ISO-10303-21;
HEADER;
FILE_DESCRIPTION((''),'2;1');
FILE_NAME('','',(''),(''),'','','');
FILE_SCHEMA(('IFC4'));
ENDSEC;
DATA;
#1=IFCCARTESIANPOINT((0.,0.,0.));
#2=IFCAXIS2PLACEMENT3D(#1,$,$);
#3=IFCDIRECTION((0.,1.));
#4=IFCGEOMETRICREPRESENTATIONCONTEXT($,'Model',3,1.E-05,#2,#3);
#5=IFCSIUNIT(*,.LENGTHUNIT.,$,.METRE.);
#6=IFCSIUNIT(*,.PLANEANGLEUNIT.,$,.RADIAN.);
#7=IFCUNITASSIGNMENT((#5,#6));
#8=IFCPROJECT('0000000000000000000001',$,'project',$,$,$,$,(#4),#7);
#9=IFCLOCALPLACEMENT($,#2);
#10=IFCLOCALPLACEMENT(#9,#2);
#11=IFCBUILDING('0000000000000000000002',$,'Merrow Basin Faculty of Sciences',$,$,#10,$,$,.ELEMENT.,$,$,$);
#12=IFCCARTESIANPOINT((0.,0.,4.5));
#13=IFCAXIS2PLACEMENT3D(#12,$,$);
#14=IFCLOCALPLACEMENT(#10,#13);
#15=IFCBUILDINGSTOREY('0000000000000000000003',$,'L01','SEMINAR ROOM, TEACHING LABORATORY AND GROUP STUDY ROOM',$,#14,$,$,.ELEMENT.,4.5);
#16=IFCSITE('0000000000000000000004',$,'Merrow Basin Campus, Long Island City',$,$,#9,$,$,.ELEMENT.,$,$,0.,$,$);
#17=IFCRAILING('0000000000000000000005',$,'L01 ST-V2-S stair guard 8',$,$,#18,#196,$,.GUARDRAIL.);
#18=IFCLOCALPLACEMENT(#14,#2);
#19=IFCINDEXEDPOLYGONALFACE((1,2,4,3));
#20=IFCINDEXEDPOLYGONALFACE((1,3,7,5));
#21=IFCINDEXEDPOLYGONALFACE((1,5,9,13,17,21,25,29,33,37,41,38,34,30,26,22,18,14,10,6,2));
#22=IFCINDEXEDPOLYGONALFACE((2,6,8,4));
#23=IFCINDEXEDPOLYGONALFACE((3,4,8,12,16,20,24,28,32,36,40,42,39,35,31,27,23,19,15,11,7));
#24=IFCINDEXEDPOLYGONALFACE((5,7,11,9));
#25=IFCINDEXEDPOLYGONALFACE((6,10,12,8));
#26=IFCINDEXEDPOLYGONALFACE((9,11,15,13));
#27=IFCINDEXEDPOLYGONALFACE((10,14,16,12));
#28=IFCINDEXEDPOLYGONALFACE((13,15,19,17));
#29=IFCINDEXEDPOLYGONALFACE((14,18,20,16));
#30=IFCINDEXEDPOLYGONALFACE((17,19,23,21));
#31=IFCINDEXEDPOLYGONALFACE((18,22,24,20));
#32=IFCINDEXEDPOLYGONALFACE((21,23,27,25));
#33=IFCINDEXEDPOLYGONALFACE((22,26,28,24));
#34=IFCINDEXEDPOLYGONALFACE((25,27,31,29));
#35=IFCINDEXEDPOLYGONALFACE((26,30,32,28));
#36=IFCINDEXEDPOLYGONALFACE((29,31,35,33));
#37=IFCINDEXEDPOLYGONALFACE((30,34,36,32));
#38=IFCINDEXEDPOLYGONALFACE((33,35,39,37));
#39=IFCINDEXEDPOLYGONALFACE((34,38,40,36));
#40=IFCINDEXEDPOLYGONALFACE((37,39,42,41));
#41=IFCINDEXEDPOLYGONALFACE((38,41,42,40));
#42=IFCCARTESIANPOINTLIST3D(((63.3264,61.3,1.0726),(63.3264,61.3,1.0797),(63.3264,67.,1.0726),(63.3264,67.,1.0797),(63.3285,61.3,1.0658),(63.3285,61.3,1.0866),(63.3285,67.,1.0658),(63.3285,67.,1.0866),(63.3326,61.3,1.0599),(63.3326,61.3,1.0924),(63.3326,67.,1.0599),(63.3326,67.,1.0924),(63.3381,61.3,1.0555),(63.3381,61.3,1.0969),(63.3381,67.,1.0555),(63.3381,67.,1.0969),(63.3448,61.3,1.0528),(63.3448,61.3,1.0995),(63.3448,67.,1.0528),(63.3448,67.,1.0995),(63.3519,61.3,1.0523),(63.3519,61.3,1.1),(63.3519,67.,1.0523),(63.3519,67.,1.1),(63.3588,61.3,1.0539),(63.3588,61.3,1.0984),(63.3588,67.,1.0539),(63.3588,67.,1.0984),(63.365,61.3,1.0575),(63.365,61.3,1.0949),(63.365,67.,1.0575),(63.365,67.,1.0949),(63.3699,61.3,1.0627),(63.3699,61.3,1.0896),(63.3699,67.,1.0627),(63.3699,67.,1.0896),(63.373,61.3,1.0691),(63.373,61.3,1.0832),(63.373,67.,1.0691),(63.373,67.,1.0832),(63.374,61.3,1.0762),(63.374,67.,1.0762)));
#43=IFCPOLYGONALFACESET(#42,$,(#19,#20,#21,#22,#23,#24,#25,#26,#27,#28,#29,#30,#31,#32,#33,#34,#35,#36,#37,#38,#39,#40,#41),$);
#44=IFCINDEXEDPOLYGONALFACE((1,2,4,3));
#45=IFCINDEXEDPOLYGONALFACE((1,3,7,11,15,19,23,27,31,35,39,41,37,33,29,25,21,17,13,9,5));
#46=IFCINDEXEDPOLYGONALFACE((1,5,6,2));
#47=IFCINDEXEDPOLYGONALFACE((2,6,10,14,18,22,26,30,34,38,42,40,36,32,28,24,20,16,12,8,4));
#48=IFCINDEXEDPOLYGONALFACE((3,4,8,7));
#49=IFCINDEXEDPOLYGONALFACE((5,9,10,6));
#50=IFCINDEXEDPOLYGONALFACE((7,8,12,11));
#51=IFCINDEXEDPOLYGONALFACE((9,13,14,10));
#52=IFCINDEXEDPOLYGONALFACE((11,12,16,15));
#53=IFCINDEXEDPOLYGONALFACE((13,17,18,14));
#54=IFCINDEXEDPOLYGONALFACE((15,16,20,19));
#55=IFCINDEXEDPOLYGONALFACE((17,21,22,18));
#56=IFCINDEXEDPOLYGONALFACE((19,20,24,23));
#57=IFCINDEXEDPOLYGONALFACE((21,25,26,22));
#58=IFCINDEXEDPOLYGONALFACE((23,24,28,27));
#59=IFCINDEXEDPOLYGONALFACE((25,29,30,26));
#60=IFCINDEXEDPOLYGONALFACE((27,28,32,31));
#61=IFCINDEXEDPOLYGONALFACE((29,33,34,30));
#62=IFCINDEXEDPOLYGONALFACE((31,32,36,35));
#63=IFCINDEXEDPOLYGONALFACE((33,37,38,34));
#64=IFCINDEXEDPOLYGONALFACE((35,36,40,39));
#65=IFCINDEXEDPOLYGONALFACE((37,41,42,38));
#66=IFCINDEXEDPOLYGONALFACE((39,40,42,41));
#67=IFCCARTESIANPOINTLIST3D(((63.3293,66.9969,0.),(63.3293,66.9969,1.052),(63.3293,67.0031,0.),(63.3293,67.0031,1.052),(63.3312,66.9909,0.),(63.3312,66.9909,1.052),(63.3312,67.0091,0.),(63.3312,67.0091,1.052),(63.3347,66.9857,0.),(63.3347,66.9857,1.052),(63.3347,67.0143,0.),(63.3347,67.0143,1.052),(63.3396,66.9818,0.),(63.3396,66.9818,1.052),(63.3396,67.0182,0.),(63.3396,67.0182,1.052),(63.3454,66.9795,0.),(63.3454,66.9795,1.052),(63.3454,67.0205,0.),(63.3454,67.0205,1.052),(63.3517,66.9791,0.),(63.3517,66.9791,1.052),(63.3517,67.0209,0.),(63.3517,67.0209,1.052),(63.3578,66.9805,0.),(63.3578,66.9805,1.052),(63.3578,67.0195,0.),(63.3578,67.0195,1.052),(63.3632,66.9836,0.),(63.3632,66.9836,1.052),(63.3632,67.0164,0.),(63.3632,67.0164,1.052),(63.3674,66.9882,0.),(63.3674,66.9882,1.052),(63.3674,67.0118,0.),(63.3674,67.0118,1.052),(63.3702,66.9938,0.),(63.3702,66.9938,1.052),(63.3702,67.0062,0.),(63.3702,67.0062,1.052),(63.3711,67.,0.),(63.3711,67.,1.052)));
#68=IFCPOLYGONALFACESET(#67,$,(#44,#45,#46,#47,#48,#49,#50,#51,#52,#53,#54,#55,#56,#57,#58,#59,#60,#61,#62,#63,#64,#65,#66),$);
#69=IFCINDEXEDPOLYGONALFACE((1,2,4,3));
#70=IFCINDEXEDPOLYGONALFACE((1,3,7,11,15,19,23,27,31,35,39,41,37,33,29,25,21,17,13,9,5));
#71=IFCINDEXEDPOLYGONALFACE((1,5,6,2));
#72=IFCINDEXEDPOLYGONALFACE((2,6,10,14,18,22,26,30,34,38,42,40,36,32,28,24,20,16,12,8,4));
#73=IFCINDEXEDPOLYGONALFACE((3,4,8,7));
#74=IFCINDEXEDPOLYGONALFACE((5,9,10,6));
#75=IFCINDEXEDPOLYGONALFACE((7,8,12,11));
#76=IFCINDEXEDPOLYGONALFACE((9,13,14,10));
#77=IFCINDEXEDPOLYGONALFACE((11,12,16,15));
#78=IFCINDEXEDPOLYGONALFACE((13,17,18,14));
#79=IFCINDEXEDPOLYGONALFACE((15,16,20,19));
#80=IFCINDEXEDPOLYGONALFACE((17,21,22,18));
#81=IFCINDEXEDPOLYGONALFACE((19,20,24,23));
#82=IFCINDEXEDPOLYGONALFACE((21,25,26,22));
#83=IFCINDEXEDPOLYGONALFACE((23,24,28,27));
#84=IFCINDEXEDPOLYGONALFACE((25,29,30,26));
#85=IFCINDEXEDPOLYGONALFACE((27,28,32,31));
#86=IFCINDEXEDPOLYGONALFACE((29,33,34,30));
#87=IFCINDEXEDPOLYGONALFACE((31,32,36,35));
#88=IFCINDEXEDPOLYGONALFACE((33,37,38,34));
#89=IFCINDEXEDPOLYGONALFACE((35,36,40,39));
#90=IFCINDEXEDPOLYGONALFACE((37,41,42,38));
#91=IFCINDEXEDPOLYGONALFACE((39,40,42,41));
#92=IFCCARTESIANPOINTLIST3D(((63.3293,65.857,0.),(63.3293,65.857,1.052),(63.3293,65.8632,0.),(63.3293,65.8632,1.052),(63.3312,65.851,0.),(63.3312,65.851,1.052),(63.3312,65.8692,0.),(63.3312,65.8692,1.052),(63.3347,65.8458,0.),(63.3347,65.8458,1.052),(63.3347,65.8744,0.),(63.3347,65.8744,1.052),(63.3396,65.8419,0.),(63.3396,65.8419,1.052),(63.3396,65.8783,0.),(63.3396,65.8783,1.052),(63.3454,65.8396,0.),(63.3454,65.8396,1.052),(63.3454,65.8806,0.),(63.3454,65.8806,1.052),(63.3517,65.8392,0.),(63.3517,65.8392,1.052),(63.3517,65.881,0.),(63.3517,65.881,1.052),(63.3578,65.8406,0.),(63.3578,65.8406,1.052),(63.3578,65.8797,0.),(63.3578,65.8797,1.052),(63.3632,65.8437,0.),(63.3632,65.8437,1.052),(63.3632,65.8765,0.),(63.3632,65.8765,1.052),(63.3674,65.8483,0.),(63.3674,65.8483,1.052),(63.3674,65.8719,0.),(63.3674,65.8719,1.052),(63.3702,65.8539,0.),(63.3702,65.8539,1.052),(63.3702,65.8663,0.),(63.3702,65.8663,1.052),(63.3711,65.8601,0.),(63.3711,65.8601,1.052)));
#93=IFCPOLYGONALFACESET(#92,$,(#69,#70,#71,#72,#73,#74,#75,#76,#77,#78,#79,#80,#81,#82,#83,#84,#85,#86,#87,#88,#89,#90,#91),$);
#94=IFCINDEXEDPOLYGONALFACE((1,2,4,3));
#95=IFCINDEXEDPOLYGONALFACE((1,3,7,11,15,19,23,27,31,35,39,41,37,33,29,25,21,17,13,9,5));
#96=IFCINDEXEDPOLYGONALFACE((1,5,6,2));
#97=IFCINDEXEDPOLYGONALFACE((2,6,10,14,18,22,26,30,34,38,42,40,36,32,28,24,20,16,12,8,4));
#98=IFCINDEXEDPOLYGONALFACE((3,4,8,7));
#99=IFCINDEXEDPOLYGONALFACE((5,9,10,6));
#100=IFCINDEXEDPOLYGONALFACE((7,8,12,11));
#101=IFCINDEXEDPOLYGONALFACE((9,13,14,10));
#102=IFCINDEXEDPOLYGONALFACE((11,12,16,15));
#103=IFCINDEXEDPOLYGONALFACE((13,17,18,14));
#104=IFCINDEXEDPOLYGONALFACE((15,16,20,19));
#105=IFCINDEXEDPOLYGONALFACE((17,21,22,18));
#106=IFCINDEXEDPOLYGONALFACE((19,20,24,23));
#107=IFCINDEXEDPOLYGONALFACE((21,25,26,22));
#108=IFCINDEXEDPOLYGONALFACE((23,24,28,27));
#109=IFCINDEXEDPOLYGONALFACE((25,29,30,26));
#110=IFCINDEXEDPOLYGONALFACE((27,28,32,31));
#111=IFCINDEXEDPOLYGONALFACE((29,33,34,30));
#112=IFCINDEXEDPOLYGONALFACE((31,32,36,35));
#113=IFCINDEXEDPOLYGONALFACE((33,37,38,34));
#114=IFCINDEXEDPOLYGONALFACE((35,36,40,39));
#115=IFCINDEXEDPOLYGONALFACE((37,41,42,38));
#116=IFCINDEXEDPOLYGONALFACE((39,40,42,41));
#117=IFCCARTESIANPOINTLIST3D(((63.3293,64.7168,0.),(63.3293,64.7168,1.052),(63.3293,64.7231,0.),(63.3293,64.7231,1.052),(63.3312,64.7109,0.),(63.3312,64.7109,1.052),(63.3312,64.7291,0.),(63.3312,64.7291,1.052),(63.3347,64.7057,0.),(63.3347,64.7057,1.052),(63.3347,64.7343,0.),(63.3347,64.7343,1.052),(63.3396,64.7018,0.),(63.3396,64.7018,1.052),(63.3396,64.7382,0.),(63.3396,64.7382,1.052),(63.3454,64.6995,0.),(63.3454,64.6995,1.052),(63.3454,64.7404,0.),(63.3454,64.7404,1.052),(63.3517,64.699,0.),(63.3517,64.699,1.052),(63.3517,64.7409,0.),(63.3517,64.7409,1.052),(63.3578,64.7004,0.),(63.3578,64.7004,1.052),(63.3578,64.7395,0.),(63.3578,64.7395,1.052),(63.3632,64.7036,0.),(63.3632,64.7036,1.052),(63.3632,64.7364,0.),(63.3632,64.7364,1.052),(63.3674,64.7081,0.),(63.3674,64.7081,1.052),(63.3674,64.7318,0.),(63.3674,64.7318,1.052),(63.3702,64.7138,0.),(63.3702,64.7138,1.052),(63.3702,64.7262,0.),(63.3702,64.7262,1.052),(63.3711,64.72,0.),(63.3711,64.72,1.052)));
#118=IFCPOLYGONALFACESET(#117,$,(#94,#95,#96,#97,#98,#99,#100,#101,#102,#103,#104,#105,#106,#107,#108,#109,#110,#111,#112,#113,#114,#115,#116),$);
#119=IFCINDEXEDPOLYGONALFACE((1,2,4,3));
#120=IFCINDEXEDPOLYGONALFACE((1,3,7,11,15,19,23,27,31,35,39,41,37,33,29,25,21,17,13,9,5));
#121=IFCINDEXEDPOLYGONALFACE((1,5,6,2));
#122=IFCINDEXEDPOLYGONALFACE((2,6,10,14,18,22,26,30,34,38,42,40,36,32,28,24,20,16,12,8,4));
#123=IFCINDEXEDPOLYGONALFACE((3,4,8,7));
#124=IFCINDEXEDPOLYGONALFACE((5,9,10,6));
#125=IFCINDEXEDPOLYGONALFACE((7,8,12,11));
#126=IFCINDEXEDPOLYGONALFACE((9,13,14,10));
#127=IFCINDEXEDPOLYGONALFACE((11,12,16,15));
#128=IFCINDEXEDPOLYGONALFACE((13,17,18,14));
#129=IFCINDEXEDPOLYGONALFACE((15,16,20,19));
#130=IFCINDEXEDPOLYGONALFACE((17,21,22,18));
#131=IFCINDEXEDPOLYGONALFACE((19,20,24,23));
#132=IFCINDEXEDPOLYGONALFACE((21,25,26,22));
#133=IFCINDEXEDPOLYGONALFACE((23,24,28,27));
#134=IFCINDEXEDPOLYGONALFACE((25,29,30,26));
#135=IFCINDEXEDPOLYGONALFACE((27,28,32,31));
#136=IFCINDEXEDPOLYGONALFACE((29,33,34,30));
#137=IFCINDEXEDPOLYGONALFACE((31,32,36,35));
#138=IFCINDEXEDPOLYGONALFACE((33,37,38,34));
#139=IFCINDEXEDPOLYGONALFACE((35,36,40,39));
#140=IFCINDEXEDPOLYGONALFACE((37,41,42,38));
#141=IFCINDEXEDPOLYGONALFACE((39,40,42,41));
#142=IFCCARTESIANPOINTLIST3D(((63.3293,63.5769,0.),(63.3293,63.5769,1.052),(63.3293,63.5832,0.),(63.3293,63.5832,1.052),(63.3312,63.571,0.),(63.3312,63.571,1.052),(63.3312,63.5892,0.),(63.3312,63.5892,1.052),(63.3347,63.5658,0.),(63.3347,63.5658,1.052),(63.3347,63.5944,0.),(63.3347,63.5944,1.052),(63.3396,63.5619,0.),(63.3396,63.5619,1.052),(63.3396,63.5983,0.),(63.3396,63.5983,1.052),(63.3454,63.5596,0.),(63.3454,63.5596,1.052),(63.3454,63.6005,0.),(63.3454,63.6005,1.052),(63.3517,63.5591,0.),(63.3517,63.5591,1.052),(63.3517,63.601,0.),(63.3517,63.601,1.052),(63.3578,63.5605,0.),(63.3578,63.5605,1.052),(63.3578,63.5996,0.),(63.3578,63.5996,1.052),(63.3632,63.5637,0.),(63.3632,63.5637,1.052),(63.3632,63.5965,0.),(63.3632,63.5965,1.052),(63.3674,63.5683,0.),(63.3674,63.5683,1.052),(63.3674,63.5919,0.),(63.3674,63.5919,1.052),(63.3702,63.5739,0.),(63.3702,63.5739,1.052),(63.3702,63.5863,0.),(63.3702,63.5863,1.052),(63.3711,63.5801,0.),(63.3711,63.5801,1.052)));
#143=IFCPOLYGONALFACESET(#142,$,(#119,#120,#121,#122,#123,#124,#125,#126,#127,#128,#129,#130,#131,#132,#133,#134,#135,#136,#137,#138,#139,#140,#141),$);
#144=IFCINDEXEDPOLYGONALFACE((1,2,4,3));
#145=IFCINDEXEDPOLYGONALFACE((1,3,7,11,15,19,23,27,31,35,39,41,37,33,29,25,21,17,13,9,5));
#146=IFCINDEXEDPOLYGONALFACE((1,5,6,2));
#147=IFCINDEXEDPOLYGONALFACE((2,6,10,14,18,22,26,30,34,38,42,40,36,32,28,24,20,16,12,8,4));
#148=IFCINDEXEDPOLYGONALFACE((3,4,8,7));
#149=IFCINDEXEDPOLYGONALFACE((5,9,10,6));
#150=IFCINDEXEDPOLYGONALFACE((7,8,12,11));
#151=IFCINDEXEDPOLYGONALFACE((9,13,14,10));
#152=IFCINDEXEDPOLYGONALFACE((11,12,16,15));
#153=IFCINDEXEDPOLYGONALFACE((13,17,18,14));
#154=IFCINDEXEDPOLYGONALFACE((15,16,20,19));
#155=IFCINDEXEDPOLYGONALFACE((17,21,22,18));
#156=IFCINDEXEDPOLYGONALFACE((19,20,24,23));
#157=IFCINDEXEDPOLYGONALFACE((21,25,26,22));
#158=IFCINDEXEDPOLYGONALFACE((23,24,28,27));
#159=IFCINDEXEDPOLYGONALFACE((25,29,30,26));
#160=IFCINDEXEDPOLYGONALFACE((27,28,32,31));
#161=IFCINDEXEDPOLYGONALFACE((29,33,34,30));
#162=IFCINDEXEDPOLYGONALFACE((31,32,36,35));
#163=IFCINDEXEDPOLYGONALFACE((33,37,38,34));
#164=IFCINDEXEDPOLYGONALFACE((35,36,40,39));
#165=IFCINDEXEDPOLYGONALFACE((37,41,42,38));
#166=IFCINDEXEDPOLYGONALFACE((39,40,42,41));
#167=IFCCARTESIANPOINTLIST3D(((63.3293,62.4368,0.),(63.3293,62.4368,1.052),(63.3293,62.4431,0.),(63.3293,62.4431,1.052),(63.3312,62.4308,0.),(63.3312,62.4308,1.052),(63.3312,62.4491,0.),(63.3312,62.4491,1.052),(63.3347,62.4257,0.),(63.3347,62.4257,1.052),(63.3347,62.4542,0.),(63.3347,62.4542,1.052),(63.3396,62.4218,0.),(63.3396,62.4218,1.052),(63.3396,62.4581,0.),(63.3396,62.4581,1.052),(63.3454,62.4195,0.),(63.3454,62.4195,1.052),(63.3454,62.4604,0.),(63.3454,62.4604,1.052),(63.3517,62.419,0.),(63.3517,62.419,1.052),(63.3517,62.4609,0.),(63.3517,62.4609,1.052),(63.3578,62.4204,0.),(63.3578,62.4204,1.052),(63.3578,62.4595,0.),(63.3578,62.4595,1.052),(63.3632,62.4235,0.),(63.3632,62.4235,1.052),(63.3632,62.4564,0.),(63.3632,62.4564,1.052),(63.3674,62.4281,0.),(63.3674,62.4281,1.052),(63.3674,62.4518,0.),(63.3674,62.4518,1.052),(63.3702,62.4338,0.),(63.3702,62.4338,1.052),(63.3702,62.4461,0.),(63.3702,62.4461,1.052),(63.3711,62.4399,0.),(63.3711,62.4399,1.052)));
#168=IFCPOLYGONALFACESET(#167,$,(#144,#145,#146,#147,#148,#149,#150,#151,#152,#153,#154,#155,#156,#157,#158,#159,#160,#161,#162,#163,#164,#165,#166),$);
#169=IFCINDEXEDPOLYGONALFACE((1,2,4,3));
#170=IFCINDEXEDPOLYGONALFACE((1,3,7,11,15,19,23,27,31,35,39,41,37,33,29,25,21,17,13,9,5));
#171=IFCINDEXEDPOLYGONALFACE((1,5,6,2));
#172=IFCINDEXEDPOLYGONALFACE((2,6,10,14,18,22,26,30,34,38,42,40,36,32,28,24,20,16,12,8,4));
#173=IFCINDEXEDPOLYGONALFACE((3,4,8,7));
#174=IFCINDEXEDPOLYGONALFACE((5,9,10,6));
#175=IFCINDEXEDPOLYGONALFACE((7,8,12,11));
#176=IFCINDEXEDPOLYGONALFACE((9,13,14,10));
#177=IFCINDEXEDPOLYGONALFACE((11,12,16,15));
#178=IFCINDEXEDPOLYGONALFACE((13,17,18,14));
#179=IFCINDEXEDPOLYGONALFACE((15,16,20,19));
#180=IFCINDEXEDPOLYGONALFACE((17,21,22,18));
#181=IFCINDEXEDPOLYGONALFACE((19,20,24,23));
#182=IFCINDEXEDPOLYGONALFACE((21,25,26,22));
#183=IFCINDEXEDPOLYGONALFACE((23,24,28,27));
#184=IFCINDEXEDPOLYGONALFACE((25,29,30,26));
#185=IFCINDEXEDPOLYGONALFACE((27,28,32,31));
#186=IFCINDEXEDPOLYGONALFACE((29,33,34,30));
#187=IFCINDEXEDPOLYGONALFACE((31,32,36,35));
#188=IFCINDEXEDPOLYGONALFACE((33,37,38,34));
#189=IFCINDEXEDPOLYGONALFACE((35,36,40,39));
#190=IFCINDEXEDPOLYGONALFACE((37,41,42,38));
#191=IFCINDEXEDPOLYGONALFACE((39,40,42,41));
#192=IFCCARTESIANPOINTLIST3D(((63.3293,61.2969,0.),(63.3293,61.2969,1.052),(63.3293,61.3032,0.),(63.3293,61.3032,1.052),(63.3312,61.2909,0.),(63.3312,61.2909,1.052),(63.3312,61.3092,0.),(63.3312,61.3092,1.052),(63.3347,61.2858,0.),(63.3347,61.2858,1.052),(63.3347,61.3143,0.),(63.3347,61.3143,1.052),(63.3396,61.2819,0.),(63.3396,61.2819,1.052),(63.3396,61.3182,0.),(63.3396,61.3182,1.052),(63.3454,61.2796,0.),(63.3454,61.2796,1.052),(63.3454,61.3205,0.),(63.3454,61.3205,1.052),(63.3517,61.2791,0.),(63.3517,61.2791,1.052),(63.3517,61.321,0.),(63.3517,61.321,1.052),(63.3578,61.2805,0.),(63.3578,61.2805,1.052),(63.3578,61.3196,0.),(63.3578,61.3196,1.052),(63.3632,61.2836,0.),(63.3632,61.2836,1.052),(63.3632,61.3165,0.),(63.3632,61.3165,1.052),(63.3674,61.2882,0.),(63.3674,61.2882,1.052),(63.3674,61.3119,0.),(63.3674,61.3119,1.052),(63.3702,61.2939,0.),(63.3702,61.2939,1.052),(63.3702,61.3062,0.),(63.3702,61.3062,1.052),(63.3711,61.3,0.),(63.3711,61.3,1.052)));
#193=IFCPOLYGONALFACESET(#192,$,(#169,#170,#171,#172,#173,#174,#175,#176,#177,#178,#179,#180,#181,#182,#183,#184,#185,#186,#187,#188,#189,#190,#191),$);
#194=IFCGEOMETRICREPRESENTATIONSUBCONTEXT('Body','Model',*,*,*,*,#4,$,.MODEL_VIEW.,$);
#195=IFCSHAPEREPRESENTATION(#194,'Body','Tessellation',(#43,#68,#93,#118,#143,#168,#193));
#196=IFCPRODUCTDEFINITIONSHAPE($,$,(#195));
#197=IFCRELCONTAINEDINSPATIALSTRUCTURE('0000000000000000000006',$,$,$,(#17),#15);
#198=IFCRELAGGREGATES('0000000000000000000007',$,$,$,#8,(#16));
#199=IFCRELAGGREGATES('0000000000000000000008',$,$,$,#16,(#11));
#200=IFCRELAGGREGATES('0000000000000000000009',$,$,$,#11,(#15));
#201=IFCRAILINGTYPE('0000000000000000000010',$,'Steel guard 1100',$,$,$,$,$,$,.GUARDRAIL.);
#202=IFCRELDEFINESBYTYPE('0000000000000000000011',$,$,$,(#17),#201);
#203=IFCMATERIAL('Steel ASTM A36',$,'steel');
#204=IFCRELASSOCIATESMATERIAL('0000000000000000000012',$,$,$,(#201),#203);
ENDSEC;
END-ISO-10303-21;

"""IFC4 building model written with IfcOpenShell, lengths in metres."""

from ifc_helpers import new_model, si_unit, direction, frame, origin, origin_2d, place, context, subcontext, project, spatial, circle, extrude, material, type_object, element, save


model = new_model("IFC4")

# Units and contexts
model_context = context("Model", 3, precision=1e-05, world=origin(), true_north=direction((0.0, 1.0)))
body_context = subcontext(model_context, "Body", "Model", "MODEL_VIEW")
ifc_project = project(units=[si_unit("LENGTHUNIT", "METRE"), si_unit("PLANEANGLEUNIT", "RADIAN")], contexts=[model_context])

# Site, building, storey
site_placement = place(None, origin())
site = spatial("IfcSite", under=ifc_project, at=site_placement, Name="Merrow Basin Campus, Long Island City", CompositionType="ELEMENT", RefElevation=0.0)
building_placement = place(site_placement, origin())
building = spatial("IfcBuilding", under=site, at=building_placement, Name="Merrow Basin Faculty of Sciences", CompositionType="ELEMENT")
storey_placement = place(building_placement, frame((0.0, 0.0, 4.5)))
storey = spatial("IfcBuildingStorey", under=building, at=storey_placement, Name="L01", Description="SEMINAR ROOM, TEACHING LABORATORY AND GROUP STUDY ROOM", CompositionType="ELEMENT", Elevation=4.5)

# Railing
ifc_material_1 = material(Name="Steel ASTM A36", Category="steel")
railing_type = type_object("IfcRailingType", Name="Steel guard 1100", PredefinedType="GUARDRAIL", material=ifc_material_1)
railing_1_placement = place(storey_placement, frame((63.3501, 67.0, 0.0)))
element("IfcRailing", 1, at=railing_1_placement, inside=storey, type_object=railing_type, Name="L01 ST-V2-S stair guard 8", PredefinedType="GUARDRAIL", context=body_context, shape_type="SweptSolid", body=[
    extrude(circle(Radius=0.0239, at=origin_2d()), frame((0.0, 0.0, 1.0762), z_axis=(0.0, -1.0, 0.0), x_axis=(1.0, 0.0, 0.0)), (0.0, 0.0, 1.0), 5.7),
    extrude(circle(Radius=0.021, at=origin_2d()), origin(), (0.0, 0.0, 1.0), 1.052),
    extrude(circle(Radius=0.021, at=origin_2d()), frame((0.0, -1.1399, 0.0)), (0.0, 0.0, 1.0), 1.052),
    extrude(circle(Radius=0.021, at=origin_2d()), frame((0.0, -2.28, 0.0)), (0.0, 0.0, 1.0), 1.052),
    extrude(circle(Radius=0.021, at=origin_2d()), frame((0.0, -3.4199, 0.0)), (0.0, 0.0, 1.0), 1.052),
    extrude(circle(Radius=0.021, at=origin_2d()), frame((0.0, -4.5601, 0.0)), (0.0, 0.0, 1.0), 1.052),
    extrude(circle(Radius=0.021, at=origin_2d()), frame((0.0, -5.7, 0.0)), (0.0, 0.0, 1.0), 1.052),
])

save(model, "model.ifc")
